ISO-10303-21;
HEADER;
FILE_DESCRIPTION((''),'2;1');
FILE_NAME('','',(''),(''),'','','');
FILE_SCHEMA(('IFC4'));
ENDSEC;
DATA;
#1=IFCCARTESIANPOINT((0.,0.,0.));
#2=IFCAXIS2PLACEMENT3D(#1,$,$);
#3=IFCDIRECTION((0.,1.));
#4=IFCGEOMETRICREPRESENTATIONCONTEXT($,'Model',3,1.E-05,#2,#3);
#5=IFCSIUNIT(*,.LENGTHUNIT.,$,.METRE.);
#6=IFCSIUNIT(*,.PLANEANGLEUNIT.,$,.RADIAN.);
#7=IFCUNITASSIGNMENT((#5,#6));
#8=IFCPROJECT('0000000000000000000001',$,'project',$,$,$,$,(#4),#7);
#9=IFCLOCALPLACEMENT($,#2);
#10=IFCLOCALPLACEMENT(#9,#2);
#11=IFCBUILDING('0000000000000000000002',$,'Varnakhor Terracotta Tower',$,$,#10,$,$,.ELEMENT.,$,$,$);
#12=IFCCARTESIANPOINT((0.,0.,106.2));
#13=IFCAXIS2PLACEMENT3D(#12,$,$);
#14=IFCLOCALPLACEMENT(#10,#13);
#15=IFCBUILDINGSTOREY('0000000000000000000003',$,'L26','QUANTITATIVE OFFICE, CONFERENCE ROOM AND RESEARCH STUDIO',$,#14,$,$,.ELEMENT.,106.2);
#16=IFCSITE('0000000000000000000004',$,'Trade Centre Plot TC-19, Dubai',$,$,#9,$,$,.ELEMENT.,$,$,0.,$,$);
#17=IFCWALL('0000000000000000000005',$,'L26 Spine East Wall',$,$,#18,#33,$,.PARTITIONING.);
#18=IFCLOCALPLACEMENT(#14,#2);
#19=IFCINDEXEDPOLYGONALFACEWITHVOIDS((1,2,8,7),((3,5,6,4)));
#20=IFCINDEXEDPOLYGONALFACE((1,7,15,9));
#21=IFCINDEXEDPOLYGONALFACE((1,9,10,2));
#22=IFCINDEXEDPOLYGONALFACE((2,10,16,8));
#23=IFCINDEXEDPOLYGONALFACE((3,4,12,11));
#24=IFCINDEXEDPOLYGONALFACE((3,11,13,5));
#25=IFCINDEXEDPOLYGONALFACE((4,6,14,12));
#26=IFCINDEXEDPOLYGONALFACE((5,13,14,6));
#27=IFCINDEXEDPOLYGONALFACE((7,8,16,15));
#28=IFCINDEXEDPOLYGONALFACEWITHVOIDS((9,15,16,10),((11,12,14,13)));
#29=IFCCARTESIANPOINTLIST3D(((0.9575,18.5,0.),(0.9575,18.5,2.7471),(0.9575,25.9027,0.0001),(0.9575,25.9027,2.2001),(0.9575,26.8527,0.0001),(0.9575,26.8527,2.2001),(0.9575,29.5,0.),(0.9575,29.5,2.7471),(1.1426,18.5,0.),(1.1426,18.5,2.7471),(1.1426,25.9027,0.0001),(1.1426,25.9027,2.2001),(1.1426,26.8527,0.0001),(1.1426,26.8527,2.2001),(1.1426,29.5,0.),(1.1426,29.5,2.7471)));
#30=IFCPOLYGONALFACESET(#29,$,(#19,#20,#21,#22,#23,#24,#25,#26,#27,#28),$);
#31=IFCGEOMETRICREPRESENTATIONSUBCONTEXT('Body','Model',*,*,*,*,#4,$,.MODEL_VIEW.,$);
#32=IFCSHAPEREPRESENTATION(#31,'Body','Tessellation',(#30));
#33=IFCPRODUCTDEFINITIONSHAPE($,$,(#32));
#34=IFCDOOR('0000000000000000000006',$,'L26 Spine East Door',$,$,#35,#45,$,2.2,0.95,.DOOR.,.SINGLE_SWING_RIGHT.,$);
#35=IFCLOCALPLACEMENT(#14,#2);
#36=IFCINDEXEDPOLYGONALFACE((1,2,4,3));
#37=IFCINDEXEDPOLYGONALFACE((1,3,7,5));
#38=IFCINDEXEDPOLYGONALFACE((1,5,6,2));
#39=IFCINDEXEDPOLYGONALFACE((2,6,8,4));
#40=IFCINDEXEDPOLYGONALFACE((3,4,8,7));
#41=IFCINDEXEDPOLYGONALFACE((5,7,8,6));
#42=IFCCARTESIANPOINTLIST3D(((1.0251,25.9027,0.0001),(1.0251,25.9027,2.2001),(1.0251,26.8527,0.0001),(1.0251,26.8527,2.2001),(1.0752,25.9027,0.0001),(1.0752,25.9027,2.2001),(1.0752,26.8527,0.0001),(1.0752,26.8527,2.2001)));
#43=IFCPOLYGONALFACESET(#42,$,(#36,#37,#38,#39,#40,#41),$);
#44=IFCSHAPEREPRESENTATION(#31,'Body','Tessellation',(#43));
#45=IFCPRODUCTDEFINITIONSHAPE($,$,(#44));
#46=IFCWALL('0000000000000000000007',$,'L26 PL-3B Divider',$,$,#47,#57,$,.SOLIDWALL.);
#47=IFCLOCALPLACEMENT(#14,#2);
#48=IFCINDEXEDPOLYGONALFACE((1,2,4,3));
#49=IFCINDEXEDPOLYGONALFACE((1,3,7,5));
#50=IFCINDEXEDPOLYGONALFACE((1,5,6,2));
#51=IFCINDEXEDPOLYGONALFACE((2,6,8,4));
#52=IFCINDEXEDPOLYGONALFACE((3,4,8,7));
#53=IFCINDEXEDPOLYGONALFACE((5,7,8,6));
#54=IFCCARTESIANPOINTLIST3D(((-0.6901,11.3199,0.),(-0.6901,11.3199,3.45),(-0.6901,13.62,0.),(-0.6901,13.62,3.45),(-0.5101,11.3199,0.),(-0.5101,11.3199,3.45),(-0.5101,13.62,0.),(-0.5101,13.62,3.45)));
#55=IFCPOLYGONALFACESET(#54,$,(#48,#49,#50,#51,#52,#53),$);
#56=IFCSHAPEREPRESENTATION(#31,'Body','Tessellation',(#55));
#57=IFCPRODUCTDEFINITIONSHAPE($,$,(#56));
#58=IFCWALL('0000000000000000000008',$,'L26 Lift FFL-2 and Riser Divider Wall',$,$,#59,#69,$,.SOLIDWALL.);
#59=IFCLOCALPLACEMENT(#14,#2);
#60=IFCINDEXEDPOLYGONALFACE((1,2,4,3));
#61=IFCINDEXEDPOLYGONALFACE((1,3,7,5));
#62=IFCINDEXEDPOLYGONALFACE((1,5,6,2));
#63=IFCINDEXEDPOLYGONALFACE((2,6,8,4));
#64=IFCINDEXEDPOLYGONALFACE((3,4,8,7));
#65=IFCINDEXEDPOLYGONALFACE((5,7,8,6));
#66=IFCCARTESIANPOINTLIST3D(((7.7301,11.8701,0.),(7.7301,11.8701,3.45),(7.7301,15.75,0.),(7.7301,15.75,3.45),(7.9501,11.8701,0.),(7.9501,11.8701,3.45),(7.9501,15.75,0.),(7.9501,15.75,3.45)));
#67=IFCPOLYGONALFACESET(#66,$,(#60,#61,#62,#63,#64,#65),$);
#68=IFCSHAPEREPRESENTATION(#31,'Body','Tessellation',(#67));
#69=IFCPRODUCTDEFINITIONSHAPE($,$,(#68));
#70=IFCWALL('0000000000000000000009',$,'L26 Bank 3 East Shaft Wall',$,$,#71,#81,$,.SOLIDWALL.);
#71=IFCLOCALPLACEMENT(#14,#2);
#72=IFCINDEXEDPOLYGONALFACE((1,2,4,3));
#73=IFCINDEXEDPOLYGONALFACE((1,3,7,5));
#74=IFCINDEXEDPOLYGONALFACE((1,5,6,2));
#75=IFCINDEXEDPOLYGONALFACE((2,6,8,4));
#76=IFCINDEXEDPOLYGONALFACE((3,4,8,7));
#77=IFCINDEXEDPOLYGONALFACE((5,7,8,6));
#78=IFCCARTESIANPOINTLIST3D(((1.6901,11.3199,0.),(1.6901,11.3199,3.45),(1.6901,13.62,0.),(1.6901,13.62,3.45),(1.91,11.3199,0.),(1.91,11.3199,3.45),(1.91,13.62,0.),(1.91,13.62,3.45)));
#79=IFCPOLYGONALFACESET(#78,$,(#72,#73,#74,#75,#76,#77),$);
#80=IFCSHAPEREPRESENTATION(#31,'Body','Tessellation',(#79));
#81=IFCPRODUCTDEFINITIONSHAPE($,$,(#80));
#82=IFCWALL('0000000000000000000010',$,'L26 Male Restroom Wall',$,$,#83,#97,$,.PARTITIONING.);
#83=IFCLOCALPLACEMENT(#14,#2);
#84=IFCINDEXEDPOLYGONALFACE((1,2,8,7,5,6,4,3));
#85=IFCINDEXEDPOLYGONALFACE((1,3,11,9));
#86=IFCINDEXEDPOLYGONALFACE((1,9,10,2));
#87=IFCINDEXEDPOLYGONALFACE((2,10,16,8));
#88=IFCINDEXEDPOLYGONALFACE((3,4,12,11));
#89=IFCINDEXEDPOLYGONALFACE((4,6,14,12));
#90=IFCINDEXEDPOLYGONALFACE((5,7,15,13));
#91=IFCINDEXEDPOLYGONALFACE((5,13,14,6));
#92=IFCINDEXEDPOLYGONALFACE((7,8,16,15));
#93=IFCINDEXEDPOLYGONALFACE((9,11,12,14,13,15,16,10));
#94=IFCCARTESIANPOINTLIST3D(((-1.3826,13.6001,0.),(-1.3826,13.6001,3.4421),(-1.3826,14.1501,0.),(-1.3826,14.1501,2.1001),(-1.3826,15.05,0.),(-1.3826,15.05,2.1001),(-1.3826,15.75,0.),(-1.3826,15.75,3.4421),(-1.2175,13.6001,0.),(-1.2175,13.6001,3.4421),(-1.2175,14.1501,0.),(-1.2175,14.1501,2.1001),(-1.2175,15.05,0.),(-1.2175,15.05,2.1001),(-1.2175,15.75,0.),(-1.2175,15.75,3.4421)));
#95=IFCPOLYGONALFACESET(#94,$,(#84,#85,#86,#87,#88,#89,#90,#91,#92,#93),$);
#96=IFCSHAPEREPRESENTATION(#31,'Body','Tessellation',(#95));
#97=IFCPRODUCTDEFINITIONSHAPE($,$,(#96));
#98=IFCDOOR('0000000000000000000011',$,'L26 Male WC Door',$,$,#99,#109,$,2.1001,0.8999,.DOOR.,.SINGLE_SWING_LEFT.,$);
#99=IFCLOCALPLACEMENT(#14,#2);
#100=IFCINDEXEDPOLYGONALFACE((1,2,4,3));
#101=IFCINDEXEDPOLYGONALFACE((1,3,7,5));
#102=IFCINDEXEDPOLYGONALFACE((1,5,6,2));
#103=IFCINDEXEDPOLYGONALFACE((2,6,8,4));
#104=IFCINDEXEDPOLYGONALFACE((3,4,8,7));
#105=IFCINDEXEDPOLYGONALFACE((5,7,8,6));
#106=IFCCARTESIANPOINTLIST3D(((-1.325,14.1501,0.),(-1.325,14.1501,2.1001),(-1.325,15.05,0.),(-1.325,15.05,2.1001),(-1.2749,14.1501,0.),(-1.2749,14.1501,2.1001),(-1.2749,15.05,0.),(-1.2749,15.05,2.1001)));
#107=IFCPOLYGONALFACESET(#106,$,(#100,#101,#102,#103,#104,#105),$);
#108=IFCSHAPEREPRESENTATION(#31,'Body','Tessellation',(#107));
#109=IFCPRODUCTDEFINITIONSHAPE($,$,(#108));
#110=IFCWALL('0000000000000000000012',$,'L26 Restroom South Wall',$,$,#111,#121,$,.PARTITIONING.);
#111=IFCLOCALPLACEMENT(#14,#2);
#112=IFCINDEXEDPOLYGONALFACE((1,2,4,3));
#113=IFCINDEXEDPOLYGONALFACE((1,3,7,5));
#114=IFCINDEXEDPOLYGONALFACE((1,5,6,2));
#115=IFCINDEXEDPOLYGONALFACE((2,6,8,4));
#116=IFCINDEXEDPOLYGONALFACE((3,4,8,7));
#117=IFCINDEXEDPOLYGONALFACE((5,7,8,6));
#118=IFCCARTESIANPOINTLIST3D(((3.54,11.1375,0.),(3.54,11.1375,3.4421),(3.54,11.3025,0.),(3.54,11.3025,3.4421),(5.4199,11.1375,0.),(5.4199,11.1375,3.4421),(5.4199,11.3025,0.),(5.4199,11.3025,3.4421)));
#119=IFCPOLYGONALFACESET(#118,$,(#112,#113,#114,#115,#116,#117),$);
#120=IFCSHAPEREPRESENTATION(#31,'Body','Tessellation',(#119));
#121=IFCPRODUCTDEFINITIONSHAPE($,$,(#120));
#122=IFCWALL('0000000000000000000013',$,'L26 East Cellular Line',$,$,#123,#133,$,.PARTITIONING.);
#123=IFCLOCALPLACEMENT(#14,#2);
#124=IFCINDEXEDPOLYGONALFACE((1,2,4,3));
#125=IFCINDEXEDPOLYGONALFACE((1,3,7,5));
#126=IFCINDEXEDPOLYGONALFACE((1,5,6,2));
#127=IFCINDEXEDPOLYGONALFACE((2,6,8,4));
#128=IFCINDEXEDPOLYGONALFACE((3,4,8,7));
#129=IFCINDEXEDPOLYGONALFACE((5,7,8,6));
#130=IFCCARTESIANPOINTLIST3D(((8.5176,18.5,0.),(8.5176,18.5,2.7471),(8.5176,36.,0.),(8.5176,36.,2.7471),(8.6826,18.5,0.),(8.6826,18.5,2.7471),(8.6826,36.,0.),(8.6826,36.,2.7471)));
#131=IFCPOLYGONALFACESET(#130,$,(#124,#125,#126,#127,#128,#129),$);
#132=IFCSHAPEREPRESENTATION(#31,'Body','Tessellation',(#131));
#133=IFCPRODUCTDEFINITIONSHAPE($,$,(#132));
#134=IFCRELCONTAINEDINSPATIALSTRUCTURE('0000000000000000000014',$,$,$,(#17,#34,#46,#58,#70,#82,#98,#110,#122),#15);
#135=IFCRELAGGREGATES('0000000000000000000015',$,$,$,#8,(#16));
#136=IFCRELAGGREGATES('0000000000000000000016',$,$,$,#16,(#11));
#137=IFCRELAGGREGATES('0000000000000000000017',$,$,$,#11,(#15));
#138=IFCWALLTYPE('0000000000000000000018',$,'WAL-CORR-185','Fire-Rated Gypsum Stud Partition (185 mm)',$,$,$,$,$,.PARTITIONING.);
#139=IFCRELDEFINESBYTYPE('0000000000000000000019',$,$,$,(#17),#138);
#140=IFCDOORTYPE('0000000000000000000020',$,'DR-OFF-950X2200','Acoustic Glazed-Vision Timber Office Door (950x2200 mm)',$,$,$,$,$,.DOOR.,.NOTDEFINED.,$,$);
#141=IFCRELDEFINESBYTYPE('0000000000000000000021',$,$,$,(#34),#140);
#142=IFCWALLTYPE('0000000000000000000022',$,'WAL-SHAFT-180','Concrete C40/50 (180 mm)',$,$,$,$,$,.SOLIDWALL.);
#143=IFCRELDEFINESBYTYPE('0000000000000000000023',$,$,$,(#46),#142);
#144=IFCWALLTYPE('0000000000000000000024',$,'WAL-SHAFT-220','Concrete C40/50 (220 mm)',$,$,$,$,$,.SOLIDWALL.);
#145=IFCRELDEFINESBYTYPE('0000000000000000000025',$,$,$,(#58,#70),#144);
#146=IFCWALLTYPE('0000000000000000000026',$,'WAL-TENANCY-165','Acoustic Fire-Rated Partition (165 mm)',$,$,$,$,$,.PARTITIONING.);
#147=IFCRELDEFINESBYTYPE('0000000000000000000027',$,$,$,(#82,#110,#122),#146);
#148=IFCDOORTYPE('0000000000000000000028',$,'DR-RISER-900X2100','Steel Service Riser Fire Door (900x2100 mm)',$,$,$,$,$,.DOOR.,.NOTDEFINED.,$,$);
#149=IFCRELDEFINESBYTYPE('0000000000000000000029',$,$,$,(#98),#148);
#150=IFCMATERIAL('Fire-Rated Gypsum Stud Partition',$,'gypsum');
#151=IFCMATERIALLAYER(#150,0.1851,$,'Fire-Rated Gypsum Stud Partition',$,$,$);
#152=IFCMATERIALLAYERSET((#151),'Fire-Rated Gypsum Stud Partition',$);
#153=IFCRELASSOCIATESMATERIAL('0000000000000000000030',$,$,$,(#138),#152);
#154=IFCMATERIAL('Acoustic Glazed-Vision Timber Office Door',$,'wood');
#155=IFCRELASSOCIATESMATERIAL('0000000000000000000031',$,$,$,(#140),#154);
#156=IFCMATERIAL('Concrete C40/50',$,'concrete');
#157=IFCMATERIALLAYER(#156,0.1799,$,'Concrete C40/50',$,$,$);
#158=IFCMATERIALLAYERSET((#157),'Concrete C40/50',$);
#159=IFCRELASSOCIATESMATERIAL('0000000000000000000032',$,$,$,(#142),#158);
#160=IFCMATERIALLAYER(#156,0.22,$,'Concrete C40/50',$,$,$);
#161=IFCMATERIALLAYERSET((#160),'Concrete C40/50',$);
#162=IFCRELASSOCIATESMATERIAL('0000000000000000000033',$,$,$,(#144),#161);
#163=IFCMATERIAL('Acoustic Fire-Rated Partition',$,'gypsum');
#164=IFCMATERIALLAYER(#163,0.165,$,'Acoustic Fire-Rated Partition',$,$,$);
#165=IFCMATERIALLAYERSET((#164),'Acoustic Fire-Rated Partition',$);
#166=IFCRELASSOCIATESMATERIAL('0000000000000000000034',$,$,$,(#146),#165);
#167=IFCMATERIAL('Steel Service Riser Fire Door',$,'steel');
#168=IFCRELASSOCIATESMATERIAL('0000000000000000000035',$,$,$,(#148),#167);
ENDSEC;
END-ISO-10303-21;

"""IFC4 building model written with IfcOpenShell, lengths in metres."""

from ifc_helpers import new_model, si_unit, direction, frame, frame_2d, origin, place, context, subcontext, project, spatial, rectangle, extrude, source, transform, mapped, material, layer, layer_set, type_object, type_shapes, element, fill, save


model = new_model("IFC4")

# Units and contexts
model_context = context("Model", 3, precision=1e-05, world=origin(), true_north=direction((0.0, 1.0)))
body_context = subcontext(model_context, "Body", "Model", "MODEL_VIEW")
ifc_project = project(units=[si_unit("LENGTHUNIT", "METRE"), si_unit("PLANEANGLEUNIT", "RADIAN")], contexts=[model_context])

# Site, building, storey
site_placement = place(None, origin())
site = spatial("IfcSite", under=ifc_project, at=site_placement, Name="Trade Centre Plot TC-19, Dubai", CompositionType="ELEMENT", RefElevation=0.0)
building_placement = place(site_placement, origin())
building = spatial("IfcBuilding", under=site, at=building_placement, Name="Varnakhor Terracotta Tower", CompositionType="ELEMENT")
storey_placement = place(building_placement, frame((0.0, 0.0, 106.2)))
storey = spatial("IfcBuildingStorey", under=building, at=storey_placement, Name="L26", Description="QUANTITATIVE OFFICE, CONFERENCE ROOM AND RESEARCH STUDIO", CompositionType="ELEMENT", Elevation=106.2)

# Shared definitions
ifc_material_1 = material(Name="Fire-Rated Gypsum Stud Partition", Category="gypsum")
ifc_layer_1 = layer(ifc_material_1, 0.1851, Name="Fire-Rated Gypsum Stud Partition")
ifc_layer_set_1 = layer_set([ifc_layer_1], Name="Fire-Rated Gypsum Stud Partition")
wall_type_1 = type_object("IfcWallType", Name="WAL-CORR-185", Description="Fire-Rated Gypsum Stud Partition (185 mm)", PredefinedType="PARTITIONING", material=ifc_layer_set_1)
ifc_material_2 = material(Name="Acoustic Glazed-Vision Timber Office Door", Category="wood")
door_type_1 = type_object("IfcDoorType", Name="DR-OFF-950X2200", Description="Acoustic Glazed-Vision Timber Office Door (950x2200 mm)", OperationType="NOTDEFINED", PredefinedType="DOOR", material=ifc_material_2)
shared_shape_1 = source(origin(), body_context, "Body", "SweptSolid", [
    extrude(rectangle(XDim=0.95, YDim=2.2, at=frame_2d((0.4751, 1.1001))), frame((0.0, 0.0249, 0.0), z_axis=(0.0, -1.0, 0.0), x_axis=(1.0, 0.0, 0.0)), (0.0, 0.0, 1.0), 0.05),
])
type_shapes(door_type_1, [shared_shape_1])

# Wall, opening, door
wall_1_placement = place(storey_placement, frame((1.05, 18.5, 0.0), z_axis=(0.0, 0.0, 1.0), x_axis=(0.0, 1.0, 0.0)))
wall_1 = element("IfcWall", 1, at=wall_1_placement, inside=storey, type_object=wall_type_1, Name="L26 Spine East Wall", PredefinedType="PARTITIONING", context=body_context, shape_type="SweptSolid", body=[
    extrude(rectangle(XDim=11.0, YDim=0.1851, at=frame_2d((5.5, 0.0))), origin(), (0.0, 0.0, 1.0), 2.7471),
])
opening_1_placement = place(wall_1_placement, frame((7.4026, 0.0, 0.0)))
opening_1 = element("IfcOpeningElement", 2, at=opening_1_placement, cuts=wall_1, PredefinedType="OPENING", context=body_context, shape_type="SweptSolid", body=[
    extrude(rectangle(XDim=0.95, YDim=2.2, at=frame_2d((0.4751, 1.1001))), frame((0.0, 0.1025, 0.0), z_axis=(0.0, -1.0, 0.0), x_axis=(1.0, 0.0, 0.0)), (0.0, 0.0, 1.0), 0.2051),
])
door_1_placement = place(opening_1_placement, origin())
door_1 = element("IfcDoor", 3, at=door_1_placement, inside=storey, type_object=door_type_1, Name="L26 Spine East Door", OperationType="SINGLE_SWING_RIGHT", OverallHeight=2.2, OverallWidth=0.95, PredefinedType="DOOR", context=body_context, shape_type="MappedRepresentation", body=[
    mapped(shared_shape_1, transform((0.0, 0.0, 0.0), scale=1.0)),
])
fill(opening_1, door_1)

# Walls
ifc_material_3 = material(Name="Concrete C40/50", Category="concrete")
ifc_layer_2 = layer(ifc_material_3, 0.1799, Name="Concrete C40/50")
ifc_layer_set_2 = layer_set([ifc_layer_2], Name="Concrete C40/50")
wall_type_2 = type_object("IfcWallType", Name="WAL-SHAFT-180", Description="Concrete C40/50 (180 mm)", PredefinedType="SOLIDWALL", material=ifc_layer_set_2)
wall_2_placement = place(storey_placement, frame((-0.6001, 11.3201, 0.0), z_axis=(0.0, 0.0, 1.0), x_axis=(0.0, 1.0, 0.0)))
element("IfcWall", 4, at=wall_2_placement, inside=storey, type_object=wall_type_2, Name="L26 PL-3B Divider", PredefinedType="SOLIDWALL", context=body_context, shape_type="SweptSolid", body=[
    extrude(rectangle(XDim=2.3, YDim=0.1799, at=frame_2d((1.1499, 0.0))), origin(), (0.0, 0.0, 1.0), 3.45),
])
ifc_layer_3 = layer(ifc_material_3, 0.22, Name="Concrete C40/50")
ifc_layer_set_3 = layer_set([ifc_layer_3], Name="Concrete C40/50")
wall_type_3 = type_object("IfcWallType", Name="WAL-SHAFT-220", Description="Concrete C40/50 (220 mm)", PredefinedType="SOLIDWALL", material=ifc_layer_set_3)
wall_3_placement = place(storey_placement, frame((7.8401, 11.8701, 0.0), z_axis=(0.0, 0.0, 1.0), x_axis=(0.0, 1.0, 0.0)))
element("IfcWall", 5, at=wall_3_placement, inside=storey, type_object=wall_type_3, Name="L26 Lift FFL-2 and Riser Divider Wall", PredefinedType="SOLIDWALL", context=body_context, shape_type="SweptSolid", body=[
    extrude(rectangle(XDim=3.8799, YDim=0.22, at=frame_2d((1.9399, 0.0))), origin(), (0.0, 0.0, 1.0), 3.45),
])
wall_4_placement = place(storey_placement, frame((1.8, 11.3201, 0.0), z_axis=(0.0, 0.0, 1.0), x_axis=(0.0, 1.0, 0.0)))
element("IfcWall", 6, at=wall_4_placement, inside=storey, type_object=wall_type_3, Name="L26 Bank 3 East Shaft Wall", PredefinedType="SOLIDWALL", context=body_context, shape_type="SweptSolid", body=[
    extrude(rectangle(XDim=2.3, YDim=0.22, at=frame_2d((1.1499, 0.0))), origin(), (0.0, 0.0, 1.0), 3.45),
])

# Wall, opening, door
ifc_material_4 = material(Name="Acoustic Fire-Rated Partition", Category="gypsum")
ifc_layer_4 = layer(ifc_material_4, 0.165, Name="Acoustic Fire-Rated Partition")
ifc_layer_set_4 = layer_set([ifc_layer_4], Name="Acoustic Fire-Rated Partition")
wall_type_4 = type_object("IfcWallType", Name="WAL-TENANCY-165", Description="Acoustic Fire-Rated Partition (165 mm)", PredefinedType="PARTITIONING", material=ifc_layer_set_4)
wall_5_placement = place(storey_placement, frame((-1.3, 13.6001, 0.0), z_axis=(0.0, 0.0, 1.0), x_axis=(0.0, 1.0, 0.0)))
wall_5 = element("IfcWall", 7, at=wall_5_placement, inside=storey, type_object=wall_type_4, Name="L26 Male Restroom Wall", PredefinedType="PARTITIONING", context=body_context, shape_type="SweptSolid", body=[
    extrude(rectangle(XDim=2.1499, YDim=0.165, at=frame_2d((1.075, 0.0))), origin(), (0.0, 0.0, 1.0), 3.4421),
])
opening_2_placement = place(wall_5_placement, frame((0.55, 0.0, 0.0)))
opening_2 = element("IfcOpeningElement", 8, at=opening_2_placement, cuts=wall_5, PredefinedType="OPENING", context=body_context, shape_type="SweptSolid", body=[
    extrude(rectangle(XDim=0.8999, YDim=2.1001, at=frame_2d((0.45, 1.05))), frame((0.0, 0.0925, 0.0), z_axis=(0.0, -1.0, 0.0), x_axis=(1.0, 0.0, 0.0)), (0.0, 0.0, 1.0), 0.1851),
])
ifc_material_5 = material(Name="Steel Service Riser Fire Door", Category="steel")
door_type_2 = type_object("IfcDoorType", Name="DR-RISER-900X2100", Description="Steel Service Riser Fire Door (900x2100 mm)", OperationType="NOTDEFINED", PredefinedType="DOOR", material=ifc_material_5)
shared_shape_2 = source(origin(), body_context, "Body", "SweptSolid", [
    extrude(rectangle(XDim=0.8999, YDim=2.1001, at=frame_2d((0.45, 1.05))), frame((0.0, 0.0249, 0.0), z_axis=(0.0, -1.0, 0.0), x_axis=(1.0, 0.0, 0.0)), (0.0, 0.0, 1.0), 0.05),
])
type_shapes(door_type_2, [shared_shape_2])
door_2_placement = place(opening_2_placement, origin())
door_2 = element("IfcDoor", 9, at=door_2_placement, inside=storey, type_object=door_type_2, Name="L26 Male WC Door", OperationType="SINGLE_SWING_LEFT", OverallHeight=2.1001, OverallWidth=0.8999, PredefinedType="DOOR", context=body_context, shape_type="MappedRepresentation", body=[
    mapped(shared_shape_2, transform((0.0, 0.0, 0.0), scale=1.0)),
])
fill(opening_2, door_2)

# Walls
wall_6_placement = place(storey_placement, frame((3.54, 11.22, 0.0), z_axis=(0.0, 0.0, 1.0), x_axis=(1.0, 0.0, 0.0)))
element("IfcWall", 10, at=wall_6_placement, inside=storey, type_object=wall_type_4, Name="L26 Restroom South Wall", PredefinedType="PARTITIONING", context=body_context, shape_type="SweptSolid", body=[
    extrude(rectangle(XDim=1.8799, YDim=0.165, at=frame_2d((0.9399, 0.0))), origin(), (0.0, 0.0, 1.0), 3.4421),
])
wall_7_placement = place(storey_placement, frame((8.6001, 18.5, 0.0), z_axis=(0.0, 0.0, 1.0), x_axis=(0.0, 1.0, 0.0)))
element("IfcWall", 11, at=wall_7_placement, inside=storey, type_object=wall_type_4, Name="L26 East Cellular Line", PredefinedType="PARTITIONING", context=body_context, shape_type="SweptSolid", body=[
    extrude(rectangle(XDim=17.5, YDim=0.165, at=frame_2d((8.75, 0.0))), origin(), (0.0, 0.0, 1.0), 2.7471),
])

save(model, "model.ifc")
